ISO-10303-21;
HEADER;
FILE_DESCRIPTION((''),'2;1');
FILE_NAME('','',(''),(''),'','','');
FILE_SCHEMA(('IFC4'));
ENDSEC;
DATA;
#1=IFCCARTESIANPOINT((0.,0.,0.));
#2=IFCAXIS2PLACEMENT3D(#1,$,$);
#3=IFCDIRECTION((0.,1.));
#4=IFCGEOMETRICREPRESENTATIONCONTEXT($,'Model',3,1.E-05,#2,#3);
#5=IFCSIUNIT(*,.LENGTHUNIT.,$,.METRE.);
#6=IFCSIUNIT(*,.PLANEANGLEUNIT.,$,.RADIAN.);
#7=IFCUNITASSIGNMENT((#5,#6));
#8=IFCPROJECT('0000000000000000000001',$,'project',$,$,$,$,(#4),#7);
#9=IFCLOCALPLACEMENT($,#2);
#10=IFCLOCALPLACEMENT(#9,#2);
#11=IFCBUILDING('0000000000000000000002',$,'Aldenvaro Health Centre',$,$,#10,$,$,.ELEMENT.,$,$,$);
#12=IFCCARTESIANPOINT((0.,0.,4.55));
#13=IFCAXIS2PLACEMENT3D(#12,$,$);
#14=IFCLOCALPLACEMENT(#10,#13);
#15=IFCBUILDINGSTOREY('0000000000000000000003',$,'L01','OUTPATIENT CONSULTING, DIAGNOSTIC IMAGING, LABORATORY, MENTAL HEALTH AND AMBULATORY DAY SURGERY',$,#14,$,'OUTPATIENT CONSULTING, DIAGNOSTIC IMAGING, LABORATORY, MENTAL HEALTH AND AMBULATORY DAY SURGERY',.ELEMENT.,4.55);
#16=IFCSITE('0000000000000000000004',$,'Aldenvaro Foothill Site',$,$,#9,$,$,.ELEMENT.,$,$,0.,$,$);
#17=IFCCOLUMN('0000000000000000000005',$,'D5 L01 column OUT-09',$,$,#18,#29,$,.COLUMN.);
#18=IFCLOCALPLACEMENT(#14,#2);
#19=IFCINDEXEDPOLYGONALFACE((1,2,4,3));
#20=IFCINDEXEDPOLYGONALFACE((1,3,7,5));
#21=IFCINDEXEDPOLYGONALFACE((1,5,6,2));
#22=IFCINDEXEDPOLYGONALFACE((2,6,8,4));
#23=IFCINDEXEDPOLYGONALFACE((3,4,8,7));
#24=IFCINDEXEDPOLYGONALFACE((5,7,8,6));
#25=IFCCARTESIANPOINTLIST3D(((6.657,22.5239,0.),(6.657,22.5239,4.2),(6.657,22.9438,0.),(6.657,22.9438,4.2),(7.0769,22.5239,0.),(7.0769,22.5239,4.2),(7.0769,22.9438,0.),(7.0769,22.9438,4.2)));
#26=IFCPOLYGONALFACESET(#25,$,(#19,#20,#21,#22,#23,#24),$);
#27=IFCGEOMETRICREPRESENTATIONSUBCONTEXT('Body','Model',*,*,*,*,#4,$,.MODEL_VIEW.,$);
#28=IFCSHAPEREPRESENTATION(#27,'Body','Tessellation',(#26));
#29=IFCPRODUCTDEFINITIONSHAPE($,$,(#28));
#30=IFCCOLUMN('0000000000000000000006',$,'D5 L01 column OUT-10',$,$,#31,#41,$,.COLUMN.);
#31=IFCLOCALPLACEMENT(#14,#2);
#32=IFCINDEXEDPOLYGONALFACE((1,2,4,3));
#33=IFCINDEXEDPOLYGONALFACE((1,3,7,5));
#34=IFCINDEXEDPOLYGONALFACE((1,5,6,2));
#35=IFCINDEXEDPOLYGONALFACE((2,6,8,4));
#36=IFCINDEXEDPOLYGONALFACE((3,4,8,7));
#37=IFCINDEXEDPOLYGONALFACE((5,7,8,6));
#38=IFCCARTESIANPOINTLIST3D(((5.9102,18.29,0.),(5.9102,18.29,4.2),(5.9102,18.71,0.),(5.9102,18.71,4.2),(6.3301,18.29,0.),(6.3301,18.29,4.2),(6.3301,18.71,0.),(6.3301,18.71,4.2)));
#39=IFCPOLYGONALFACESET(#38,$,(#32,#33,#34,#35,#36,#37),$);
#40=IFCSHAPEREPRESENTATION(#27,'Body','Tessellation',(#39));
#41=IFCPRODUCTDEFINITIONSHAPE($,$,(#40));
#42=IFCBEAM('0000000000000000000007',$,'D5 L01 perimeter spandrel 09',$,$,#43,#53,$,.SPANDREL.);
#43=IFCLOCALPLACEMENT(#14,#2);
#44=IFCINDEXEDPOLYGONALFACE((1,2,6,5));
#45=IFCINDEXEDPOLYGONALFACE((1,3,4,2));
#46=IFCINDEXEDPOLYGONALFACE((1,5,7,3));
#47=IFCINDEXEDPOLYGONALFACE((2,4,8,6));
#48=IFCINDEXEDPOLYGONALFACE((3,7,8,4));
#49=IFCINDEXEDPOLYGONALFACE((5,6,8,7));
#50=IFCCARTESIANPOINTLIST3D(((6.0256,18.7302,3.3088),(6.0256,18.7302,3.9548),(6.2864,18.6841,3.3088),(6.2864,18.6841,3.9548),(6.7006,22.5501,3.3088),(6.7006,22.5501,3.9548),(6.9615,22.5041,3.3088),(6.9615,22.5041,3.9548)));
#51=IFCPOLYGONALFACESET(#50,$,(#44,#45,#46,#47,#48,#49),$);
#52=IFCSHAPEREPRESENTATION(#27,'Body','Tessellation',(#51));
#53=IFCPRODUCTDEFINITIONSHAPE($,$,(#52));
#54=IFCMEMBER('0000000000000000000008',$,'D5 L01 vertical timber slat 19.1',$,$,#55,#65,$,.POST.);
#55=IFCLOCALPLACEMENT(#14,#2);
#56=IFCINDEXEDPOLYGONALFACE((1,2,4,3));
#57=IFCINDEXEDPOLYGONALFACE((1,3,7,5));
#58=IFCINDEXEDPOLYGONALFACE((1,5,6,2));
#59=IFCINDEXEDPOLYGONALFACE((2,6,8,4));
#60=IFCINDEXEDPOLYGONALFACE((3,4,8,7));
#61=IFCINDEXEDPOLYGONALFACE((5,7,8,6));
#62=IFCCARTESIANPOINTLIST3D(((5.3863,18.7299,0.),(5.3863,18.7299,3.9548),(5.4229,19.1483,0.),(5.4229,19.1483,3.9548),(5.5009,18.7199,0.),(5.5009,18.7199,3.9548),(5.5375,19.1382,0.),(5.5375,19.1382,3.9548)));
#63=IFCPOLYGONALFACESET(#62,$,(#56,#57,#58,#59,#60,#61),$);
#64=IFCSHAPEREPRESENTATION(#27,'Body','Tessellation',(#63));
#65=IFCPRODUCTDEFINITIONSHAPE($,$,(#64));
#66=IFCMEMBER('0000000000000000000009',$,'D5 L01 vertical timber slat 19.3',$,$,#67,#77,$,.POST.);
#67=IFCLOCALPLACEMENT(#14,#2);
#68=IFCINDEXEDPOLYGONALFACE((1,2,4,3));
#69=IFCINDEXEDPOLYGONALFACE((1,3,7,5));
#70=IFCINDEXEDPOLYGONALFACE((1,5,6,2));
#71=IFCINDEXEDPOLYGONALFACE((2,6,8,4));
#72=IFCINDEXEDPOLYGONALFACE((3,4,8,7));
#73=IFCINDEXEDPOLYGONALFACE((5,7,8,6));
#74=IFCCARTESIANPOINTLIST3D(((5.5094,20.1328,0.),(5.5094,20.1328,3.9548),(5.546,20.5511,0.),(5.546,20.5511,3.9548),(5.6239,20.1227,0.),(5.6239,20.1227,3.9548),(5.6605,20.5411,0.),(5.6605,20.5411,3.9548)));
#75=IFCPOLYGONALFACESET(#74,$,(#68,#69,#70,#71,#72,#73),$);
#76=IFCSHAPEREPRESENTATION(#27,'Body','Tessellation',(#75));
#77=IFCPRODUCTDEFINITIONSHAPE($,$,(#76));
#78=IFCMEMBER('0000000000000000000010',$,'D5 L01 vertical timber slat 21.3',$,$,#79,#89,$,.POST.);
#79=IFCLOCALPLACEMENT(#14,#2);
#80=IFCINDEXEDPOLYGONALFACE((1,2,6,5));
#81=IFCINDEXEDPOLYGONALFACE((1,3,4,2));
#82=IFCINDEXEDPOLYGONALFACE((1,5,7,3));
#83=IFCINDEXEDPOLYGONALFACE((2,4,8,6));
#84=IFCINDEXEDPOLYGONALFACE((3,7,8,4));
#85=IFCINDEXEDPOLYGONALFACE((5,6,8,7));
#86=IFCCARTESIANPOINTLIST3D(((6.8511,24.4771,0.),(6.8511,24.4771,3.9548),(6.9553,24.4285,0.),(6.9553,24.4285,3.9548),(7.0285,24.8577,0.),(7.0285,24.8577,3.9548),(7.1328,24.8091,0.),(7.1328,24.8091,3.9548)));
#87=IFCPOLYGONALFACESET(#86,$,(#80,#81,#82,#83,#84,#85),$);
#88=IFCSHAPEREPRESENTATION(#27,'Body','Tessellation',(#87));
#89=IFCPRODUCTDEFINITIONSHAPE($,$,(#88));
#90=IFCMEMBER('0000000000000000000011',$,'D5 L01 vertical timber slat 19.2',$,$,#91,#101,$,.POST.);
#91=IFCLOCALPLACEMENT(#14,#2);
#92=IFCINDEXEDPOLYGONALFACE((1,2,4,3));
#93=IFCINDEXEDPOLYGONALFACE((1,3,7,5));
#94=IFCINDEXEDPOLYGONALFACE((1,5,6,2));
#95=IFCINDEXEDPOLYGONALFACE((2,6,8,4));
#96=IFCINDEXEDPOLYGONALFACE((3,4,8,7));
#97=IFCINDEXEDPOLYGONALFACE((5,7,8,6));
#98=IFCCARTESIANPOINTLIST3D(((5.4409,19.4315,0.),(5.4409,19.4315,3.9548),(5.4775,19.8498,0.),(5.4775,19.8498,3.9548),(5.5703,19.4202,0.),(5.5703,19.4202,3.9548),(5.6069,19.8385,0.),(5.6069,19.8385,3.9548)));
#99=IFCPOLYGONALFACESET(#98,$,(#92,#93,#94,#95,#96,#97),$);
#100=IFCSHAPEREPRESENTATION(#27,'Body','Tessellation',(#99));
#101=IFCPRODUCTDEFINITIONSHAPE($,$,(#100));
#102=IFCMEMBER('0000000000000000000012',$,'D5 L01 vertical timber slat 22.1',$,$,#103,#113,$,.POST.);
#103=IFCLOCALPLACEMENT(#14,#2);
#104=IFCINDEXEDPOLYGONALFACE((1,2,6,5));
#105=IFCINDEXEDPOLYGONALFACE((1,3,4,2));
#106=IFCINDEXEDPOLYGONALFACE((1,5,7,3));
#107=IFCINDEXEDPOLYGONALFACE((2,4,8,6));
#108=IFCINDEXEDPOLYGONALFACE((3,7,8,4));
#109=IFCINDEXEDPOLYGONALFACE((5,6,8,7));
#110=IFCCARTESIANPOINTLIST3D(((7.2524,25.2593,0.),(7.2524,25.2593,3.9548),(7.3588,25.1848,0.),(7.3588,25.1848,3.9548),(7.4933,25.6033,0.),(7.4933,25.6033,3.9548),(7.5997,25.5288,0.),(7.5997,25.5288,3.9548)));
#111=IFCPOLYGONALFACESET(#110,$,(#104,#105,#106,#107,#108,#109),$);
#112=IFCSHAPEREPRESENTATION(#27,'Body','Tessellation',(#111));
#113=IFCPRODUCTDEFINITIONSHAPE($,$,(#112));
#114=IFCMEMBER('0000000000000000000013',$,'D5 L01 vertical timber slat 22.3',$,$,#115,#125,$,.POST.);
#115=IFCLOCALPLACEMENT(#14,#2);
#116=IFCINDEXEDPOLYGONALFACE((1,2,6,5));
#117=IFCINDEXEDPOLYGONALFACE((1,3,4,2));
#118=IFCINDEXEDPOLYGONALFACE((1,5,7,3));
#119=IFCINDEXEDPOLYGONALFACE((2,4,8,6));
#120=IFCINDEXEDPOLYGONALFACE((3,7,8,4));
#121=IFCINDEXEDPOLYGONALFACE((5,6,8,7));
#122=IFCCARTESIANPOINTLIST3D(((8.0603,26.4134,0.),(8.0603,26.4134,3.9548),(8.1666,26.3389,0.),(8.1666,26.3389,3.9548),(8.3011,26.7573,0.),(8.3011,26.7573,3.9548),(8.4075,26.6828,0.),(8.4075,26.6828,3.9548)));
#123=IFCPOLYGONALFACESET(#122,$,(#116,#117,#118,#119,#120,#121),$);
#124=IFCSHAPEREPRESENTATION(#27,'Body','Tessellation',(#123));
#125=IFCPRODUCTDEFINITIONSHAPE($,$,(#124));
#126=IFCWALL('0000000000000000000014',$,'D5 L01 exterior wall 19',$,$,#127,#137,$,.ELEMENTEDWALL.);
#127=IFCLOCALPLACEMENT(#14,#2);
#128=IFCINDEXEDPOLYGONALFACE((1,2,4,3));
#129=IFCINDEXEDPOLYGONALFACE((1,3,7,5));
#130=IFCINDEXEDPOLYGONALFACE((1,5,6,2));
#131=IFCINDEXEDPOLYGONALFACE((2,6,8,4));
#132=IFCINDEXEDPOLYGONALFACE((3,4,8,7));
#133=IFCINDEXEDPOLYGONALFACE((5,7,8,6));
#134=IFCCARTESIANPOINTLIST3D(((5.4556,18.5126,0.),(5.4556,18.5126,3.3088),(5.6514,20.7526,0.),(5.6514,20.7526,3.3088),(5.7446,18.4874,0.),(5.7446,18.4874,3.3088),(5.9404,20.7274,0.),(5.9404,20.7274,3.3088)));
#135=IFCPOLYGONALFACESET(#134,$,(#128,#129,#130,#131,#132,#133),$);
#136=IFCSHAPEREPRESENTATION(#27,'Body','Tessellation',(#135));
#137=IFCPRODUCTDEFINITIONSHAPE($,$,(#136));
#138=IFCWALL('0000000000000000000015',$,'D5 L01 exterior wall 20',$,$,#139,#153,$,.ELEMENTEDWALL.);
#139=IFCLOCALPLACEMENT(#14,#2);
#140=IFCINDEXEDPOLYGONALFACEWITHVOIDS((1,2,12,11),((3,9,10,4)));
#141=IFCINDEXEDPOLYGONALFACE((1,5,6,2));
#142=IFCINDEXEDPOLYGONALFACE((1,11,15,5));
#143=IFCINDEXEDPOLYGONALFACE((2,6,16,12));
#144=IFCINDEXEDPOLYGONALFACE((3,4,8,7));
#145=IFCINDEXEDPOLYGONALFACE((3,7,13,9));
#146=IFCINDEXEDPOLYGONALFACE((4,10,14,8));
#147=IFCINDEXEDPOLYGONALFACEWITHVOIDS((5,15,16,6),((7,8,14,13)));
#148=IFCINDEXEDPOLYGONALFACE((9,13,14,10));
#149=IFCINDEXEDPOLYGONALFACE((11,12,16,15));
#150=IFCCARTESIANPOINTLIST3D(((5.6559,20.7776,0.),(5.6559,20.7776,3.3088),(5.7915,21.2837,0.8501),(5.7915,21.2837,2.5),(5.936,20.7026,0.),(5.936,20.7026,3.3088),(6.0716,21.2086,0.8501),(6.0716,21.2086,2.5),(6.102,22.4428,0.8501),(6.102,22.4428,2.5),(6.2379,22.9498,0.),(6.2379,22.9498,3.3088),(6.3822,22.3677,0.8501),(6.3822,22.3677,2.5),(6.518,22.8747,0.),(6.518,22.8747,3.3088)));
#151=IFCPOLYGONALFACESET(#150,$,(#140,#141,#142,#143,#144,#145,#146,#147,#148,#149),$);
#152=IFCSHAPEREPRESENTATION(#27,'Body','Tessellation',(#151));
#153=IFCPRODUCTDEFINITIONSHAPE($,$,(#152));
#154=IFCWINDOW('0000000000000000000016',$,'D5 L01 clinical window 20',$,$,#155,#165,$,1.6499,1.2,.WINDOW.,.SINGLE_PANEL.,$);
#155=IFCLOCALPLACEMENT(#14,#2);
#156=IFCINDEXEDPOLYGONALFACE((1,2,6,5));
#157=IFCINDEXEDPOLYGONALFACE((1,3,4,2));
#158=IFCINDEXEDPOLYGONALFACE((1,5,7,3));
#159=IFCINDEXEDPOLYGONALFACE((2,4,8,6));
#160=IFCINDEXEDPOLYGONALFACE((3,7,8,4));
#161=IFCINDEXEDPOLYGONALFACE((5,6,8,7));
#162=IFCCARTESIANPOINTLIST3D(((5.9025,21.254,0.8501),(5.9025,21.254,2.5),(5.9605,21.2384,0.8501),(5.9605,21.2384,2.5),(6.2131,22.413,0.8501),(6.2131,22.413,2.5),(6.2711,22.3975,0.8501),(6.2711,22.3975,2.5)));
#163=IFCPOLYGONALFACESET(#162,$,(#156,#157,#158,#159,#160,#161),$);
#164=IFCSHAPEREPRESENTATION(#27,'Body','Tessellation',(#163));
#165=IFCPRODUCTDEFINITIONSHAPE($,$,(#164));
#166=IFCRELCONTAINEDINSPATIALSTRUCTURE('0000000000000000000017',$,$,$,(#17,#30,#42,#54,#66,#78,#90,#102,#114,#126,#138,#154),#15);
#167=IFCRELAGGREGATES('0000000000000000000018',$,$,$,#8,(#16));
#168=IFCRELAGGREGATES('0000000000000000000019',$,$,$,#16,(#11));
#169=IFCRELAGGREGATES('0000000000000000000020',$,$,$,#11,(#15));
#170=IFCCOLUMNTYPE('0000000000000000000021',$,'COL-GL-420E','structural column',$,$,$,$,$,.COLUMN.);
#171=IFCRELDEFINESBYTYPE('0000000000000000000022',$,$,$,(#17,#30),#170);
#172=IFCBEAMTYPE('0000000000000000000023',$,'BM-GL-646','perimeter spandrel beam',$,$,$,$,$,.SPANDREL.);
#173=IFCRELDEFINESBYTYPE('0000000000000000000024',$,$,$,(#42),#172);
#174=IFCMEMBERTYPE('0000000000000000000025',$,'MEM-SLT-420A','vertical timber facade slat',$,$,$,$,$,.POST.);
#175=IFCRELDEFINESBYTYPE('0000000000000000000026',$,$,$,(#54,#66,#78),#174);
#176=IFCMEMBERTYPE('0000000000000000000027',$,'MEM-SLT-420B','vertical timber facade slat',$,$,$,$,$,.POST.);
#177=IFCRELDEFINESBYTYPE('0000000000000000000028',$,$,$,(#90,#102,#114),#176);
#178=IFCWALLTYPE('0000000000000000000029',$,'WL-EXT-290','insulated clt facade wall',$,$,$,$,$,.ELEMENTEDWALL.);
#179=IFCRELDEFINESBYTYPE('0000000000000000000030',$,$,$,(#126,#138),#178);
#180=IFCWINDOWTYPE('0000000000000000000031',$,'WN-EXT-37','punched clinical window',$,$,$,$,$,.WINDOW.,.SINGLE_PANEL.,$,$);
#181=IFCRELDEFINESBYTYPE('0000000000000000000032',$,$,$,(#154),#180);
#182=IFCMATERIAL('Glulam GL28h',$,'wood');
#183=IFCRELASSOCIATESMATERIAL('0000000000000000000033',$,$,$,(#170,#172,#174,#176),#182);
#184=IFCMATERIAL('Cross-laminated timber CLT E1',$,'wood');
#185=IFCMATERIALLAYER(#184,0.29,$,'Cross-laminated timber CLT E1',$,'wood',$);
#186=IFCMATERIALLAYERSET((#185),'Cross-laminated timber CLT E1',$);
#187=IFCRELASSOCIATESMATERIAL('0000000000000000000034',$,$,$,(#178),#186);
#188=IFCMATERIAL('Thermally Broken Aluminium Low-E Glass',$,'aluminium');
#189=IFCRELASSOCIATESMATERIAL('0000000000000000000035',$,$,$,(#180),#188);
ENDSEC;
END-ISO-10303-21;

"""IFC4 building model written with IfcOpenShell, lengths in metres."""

from ifc_helpers import new_model, si_unit, direction, frame, frame_2d, origin, origin_2d, place, context, subcontext, project, spatial, rectangle, extrude, material, layer, layer_set, material_profile, profile_set, type_object, element, fill, save


model = new_model("IFC4")

# Units and contexts
model_context = context("Model", 3, precision=1e-05, world=origin(), true_north=direction((0.0, 1.0)))
body_context = subcontext(model_context, "Body", "Model", "MODEL_VIEW")
ifc_project = project(units=[si_unit("LENGTHUNIT", "METRE"), si_unit("PLANEANGLEUNIT", "RADIAN")], contexts=[model_context])

# Site, building, storey
site_placement = place(None, origin())
site = spatial("IfcSite", under=ifc_project, at=site_placement, Name="Aldenvaro Foothill Site", CompositionType="ELEMENT", RefElevation=0.0)
building_placement = place(site_placement, origin())
building = spatial("IfcBuilding", under=site, at=building_placement, Name="Aldenvaro Health Centre", CompositionType="ELEMENT")
storey_placement = place(building_placement, frame((0.0, 0.0, 4.55)))
storey = spatial("IfcBuildingStorey", under=building, at=storey_placement, Name="L01", Description="OUTPATIENT CONSULTING, DIAGNOSTIC IMAGING, LABORATORY, MENTAL HEALTH AND AMBULATORY DAY SURGERY", LongName="OUTPATIENT CONSULTING, DIAGNOSTIC IMAGING, LABORATORY, MENTAL HEALTH AND AMBULATORY DAY SURGERY", CompositionType="ELEMENT", Elevation=4.55)

# Columns
ifc_material_1 = material(Name="Glulam GL28h", Category="wood")
ifc_material_profile_1 = material_profile(ifc_material_1, rectangle(XDim=0.4199, YDim=0.4199, at=origin_2d()), Name="GL 420x420", Category="wood")
ifc_profile_set_1 = profile_set([ifc_material_profile_1], Name="Glulam GL28h")
column_type = type_object("IfcColumnType", Name="COL-GL-420E", Description="structural column", PredefinedType="COLUMN", material=ifc_profile_set_1)
for number, where, z_axis, x_axis, name in (
    (1, (6.8669, 22.7339, 0.0), (0.0, 0.0, 1.0), (1.0, 0.0, 0.0), "D5 L01 column OUT-09"),
    (2, (6.1201, 18.5, 0.0), (0.0, 0.0, 1.0), (1.0, 0.0, 0.0), "D5 L01 column OUT-10"),
):
    element("IfcColumn", number, at=place(storey_placement, frame(where, z_axis=z_axis, x_axis=x_axis)), inside=storey, type_object=column_type, Name=name, PredefinedType="COLUMN", context=body_context, shape_type="SweptSolid", body=[
        extrude(rectangle(XDim=0.4199, YDim=0.4199, at=origin_2d()), origin(), (0.0, 0.0, 1.0), 4.2),
    ])

# Beam
ifc_material_profile_2 = material_profile(ifc_material_1, rectangle(XDim=0.2649, YDim=0.646, at=origin_2d()), Name="GL 265x646", Category="wood")
ifc_profile_set_2 = profile_set([ifc_material_profile_2], Name="Glulam GL28h")
beam_type = type_object("IfcBeamType", Name="BM-GL-646", Description="perimeter spandrel beam", PredefinedType="SPANDREL", material=ifc_profile_set_2)
beam_placement = place(storey_placement, frame((6.8311, 22.5271, 3.6318), z_axis=(-0.174015, -0.984743, 0.0), x_axis=(0.984743, -0.174015, 0.0)))
element("IfcBeam", 3, at=beam_placement, inside=storey, type_object=beam_type, Name="D5 L01 perimeter spandrel 09", PredefinedType="SPANDREL", context=body_context, shape_type="SweptSolid", body=[
    extrude(rectangle(XDim=0.2649, YDim=0.646, at=origin_2d()), origin(), (0.0, 0.0, 1.0), 3.8792),
])

# Members
ifc_material_profile_3 = material_profile(ifc_material_1, rectangle(XDim=0.115, YDim=0.4199, at=origin_2d()), Name="GL 115x420", Category="wood")
ifc_profile_set_3 = profile_set([ifc_material_profile_3], Name="Glulam GL28h")
member_type_1 = type_object("IfcMemberType", Name="MEM-SLT-420A", Description="vertical timber facade slat", PredefinedType="POST", material=ifc_profile_set_3)
for number, where, z_axis, x_axis, name in (
    (4, (5.4619, 18.9341, 0.0), (0.0, 0.0, 1.0), (-0.996194, 0.087167, 0.0), "D5 L01 vertical timber slat 19.1"),
    (5, (5.585, 20.3369, 0.0), (0.0, 0.0, 1.0), (-0.996194, 0.087167, 0.0), "D5 L01 vertical timber slat 19.3"),
    (6, (6.9919, 24.6431, 0.0), (0.0, 0.0, 1.0), (-0.906365, 0.422496, 0.0), "D5 L01 vertical timber slat 21.3"),
):
    element("IfcMember", number, at=place(storey_placement, frame(where, z_axis=z_axis, x_axis=x_axis)), inside=storey, type_object=member_type_1, Name=name, PredefinedType="POST", context=body_context, shape_type="SweptSolid", body=[
        extrude(rectangle(XDim=0.115, YDim=0.4199, at=origin_2d()), origin(), (0.0, 0.0, 1.0), 3.9548),
    ])
ifc_material_profile_4 = material_profile(ifc_material_1, rectangle(XDim=0.1299, YDim=0.4199, at=origin_2d()), Name="GL 130x420", Category="wood")
ifc_profile_set_4 = profile_set([ifc_material_profile_4], Name="Glulam GL28h")
member_type_2 = type_object("IfcMemberType", Name="MEM-SLT-420B", Description="vertical timber facade slat", PredefinedType="POST", material=ifc_profile_set_4)
for number, where, z_axis, x_axis, name in (
    (7, (5.5239, 19.635, 0.0), (0.0, 0.0, 1.0), (-0.996194, 0.087167, 0.0), "D5 L01 vertical timber slat 19.2"),
    (8, (7.426, 25.394, 0.0), (0.0, 0.0, 1.0), (-0.819107, 0.573641, 0.0), "D5 L01 vertical timber slat 22.1"),
    (9, (8.2339, 26.5481, 0.0), (0.0, 0.0, 1.0), (-0.819107, 0.573641, 0.0), "D5 L01 vertical timber slat 22.3"),
):
    element("IfcMember", number, at=place(storey_placement, frame(where, z_axis=z_axis, x_axis=x_axis)), inside=storey, type_object=member_type_2, Name=name, PredefinedType="POST", context=body_context, shape_type="SweptSolid", body=[
        extrude(rectangle(XDim=0.1299, YDim=0.4199, at=origin_2d()), origin(), (0.0, 0.0, 1.0), 3.9548),
    ])

# Wall
ifc_material_2 = material(Name="Cross-laminated timber CLT E1", Category="wood")
ifc_layer_1 = layer(ifc_material_2, 0.29, Name="Cross-laminated timber CLT E1", Category="wood")
ifc_layer_set_1 = layer_set([ifc_layer_1], Name="Cross-laminated timber CLT E1")
wall_type_1 = type_object("IfcWallType", Name="WL-EXT-290", Description="insulated clt facade wall", PredefinedType="ELEMENTEDWALL", material=ifc_layer_set_1)
wall_1_placement = place(storey_placement, frame((5.6001, 18.5, 0.0), z_axis=(0.0, 0.0, 1.0), x_axis=(0.087079, 0.996201, 0.0)))
element("IfcWall", 10, at=wall_1_placement, inside=storey, type_object=wall_type_1, Name="D5 L01 exterior wall 19", PredefinedType="ELEMENTEDWALL", context=body_context, shape_type="SweptSolid", body=[
    extrude(rectangle(XDim=2.2485, YDim=0.29, at=frame_2d((1.1243, 0.0))), origin(), (0.0, 0.0, 1.0), 3.3088),
])

# Wall, opening, window
wall_2_placement = place(storey_placement, frame((5.7959, 20.74, 0.0), z_axis=(0.0, 0.0, 1.0), x_axis=(0.258825, 0.965924, 0.0)))
wall_2 = element("IfcWall", 11, at=wall_2_placement, inside=storey, type_object=wall_type_1, Name="D5 L01 exterior wall 20", PredefinedType="ELEMENTEDWALL", context=body_context, shape_type="SweptSolid", body=[
    extrude(rectangle(XDim=2.2488, YDim=0.29, at=frame_2d((1.1245, 0.0))), origin(), (0.0, 0.0, 1.0), 3.3088),
])
opening_1_placement = place(wall_2_placement, frame((0.5239, 0.0, 0.8501)))
opening_1 = element("IfcOpeningElement", 12, at=opening_1_placement, cuts=wall_2, PredefinedType="OPENING", context=body_context, shape_type="SweptSolid", body=[
    extrude(rectangle(XDim=1.2, YDim=1.6499, at=frame_2d((0.6001, 0.825))), frame((0.0, 0.155, 0.0), z_axis=(0.0, -1.0, 0.0), x_axis=(1.0, 0.0, 0.0)), (0.0, 0.0, 1.0), 0.3101),
])
ifc_material_3 = material(Name="Thermally Broken Aluminium Low-E Glass", Category="aluminium")
window_type_1 = type_object("IfcWindowType", Name="WN-EXT-37", Description="punched clinical window", PartitioningType="SINGLE_PANEL", PredefinedType="WINDOW", material=ifc_material_3)
window_1_placement = place(opening_1_placement, origin())
window_1 = element("IfcWindow", 13, at=window_1_placement, inside=storey, type_object=window_type_1, Name="D5 L01 clinical window 20", OverallHeight=1.6499, OverallWidth=1.2, PartitioningType="SINGLE_PANEL", PredefinedType="WINDOW", context=body_context, shape_type="SweptSolid", body=[
    extrude(rectangle(XDim=1.2, YDim=1.6499, at=frame_2d((0.6001, 0.825))), frame((0.0, 0.03, 0.0), z_axis=(0.0, -1.0, 0.0), x_axis=(1.0, 0.0, 0.0)), (0.0, 0.0, 1.0), 0.0601),
])
fill(opening_1, window_1)

save(model, "model.ifc")
